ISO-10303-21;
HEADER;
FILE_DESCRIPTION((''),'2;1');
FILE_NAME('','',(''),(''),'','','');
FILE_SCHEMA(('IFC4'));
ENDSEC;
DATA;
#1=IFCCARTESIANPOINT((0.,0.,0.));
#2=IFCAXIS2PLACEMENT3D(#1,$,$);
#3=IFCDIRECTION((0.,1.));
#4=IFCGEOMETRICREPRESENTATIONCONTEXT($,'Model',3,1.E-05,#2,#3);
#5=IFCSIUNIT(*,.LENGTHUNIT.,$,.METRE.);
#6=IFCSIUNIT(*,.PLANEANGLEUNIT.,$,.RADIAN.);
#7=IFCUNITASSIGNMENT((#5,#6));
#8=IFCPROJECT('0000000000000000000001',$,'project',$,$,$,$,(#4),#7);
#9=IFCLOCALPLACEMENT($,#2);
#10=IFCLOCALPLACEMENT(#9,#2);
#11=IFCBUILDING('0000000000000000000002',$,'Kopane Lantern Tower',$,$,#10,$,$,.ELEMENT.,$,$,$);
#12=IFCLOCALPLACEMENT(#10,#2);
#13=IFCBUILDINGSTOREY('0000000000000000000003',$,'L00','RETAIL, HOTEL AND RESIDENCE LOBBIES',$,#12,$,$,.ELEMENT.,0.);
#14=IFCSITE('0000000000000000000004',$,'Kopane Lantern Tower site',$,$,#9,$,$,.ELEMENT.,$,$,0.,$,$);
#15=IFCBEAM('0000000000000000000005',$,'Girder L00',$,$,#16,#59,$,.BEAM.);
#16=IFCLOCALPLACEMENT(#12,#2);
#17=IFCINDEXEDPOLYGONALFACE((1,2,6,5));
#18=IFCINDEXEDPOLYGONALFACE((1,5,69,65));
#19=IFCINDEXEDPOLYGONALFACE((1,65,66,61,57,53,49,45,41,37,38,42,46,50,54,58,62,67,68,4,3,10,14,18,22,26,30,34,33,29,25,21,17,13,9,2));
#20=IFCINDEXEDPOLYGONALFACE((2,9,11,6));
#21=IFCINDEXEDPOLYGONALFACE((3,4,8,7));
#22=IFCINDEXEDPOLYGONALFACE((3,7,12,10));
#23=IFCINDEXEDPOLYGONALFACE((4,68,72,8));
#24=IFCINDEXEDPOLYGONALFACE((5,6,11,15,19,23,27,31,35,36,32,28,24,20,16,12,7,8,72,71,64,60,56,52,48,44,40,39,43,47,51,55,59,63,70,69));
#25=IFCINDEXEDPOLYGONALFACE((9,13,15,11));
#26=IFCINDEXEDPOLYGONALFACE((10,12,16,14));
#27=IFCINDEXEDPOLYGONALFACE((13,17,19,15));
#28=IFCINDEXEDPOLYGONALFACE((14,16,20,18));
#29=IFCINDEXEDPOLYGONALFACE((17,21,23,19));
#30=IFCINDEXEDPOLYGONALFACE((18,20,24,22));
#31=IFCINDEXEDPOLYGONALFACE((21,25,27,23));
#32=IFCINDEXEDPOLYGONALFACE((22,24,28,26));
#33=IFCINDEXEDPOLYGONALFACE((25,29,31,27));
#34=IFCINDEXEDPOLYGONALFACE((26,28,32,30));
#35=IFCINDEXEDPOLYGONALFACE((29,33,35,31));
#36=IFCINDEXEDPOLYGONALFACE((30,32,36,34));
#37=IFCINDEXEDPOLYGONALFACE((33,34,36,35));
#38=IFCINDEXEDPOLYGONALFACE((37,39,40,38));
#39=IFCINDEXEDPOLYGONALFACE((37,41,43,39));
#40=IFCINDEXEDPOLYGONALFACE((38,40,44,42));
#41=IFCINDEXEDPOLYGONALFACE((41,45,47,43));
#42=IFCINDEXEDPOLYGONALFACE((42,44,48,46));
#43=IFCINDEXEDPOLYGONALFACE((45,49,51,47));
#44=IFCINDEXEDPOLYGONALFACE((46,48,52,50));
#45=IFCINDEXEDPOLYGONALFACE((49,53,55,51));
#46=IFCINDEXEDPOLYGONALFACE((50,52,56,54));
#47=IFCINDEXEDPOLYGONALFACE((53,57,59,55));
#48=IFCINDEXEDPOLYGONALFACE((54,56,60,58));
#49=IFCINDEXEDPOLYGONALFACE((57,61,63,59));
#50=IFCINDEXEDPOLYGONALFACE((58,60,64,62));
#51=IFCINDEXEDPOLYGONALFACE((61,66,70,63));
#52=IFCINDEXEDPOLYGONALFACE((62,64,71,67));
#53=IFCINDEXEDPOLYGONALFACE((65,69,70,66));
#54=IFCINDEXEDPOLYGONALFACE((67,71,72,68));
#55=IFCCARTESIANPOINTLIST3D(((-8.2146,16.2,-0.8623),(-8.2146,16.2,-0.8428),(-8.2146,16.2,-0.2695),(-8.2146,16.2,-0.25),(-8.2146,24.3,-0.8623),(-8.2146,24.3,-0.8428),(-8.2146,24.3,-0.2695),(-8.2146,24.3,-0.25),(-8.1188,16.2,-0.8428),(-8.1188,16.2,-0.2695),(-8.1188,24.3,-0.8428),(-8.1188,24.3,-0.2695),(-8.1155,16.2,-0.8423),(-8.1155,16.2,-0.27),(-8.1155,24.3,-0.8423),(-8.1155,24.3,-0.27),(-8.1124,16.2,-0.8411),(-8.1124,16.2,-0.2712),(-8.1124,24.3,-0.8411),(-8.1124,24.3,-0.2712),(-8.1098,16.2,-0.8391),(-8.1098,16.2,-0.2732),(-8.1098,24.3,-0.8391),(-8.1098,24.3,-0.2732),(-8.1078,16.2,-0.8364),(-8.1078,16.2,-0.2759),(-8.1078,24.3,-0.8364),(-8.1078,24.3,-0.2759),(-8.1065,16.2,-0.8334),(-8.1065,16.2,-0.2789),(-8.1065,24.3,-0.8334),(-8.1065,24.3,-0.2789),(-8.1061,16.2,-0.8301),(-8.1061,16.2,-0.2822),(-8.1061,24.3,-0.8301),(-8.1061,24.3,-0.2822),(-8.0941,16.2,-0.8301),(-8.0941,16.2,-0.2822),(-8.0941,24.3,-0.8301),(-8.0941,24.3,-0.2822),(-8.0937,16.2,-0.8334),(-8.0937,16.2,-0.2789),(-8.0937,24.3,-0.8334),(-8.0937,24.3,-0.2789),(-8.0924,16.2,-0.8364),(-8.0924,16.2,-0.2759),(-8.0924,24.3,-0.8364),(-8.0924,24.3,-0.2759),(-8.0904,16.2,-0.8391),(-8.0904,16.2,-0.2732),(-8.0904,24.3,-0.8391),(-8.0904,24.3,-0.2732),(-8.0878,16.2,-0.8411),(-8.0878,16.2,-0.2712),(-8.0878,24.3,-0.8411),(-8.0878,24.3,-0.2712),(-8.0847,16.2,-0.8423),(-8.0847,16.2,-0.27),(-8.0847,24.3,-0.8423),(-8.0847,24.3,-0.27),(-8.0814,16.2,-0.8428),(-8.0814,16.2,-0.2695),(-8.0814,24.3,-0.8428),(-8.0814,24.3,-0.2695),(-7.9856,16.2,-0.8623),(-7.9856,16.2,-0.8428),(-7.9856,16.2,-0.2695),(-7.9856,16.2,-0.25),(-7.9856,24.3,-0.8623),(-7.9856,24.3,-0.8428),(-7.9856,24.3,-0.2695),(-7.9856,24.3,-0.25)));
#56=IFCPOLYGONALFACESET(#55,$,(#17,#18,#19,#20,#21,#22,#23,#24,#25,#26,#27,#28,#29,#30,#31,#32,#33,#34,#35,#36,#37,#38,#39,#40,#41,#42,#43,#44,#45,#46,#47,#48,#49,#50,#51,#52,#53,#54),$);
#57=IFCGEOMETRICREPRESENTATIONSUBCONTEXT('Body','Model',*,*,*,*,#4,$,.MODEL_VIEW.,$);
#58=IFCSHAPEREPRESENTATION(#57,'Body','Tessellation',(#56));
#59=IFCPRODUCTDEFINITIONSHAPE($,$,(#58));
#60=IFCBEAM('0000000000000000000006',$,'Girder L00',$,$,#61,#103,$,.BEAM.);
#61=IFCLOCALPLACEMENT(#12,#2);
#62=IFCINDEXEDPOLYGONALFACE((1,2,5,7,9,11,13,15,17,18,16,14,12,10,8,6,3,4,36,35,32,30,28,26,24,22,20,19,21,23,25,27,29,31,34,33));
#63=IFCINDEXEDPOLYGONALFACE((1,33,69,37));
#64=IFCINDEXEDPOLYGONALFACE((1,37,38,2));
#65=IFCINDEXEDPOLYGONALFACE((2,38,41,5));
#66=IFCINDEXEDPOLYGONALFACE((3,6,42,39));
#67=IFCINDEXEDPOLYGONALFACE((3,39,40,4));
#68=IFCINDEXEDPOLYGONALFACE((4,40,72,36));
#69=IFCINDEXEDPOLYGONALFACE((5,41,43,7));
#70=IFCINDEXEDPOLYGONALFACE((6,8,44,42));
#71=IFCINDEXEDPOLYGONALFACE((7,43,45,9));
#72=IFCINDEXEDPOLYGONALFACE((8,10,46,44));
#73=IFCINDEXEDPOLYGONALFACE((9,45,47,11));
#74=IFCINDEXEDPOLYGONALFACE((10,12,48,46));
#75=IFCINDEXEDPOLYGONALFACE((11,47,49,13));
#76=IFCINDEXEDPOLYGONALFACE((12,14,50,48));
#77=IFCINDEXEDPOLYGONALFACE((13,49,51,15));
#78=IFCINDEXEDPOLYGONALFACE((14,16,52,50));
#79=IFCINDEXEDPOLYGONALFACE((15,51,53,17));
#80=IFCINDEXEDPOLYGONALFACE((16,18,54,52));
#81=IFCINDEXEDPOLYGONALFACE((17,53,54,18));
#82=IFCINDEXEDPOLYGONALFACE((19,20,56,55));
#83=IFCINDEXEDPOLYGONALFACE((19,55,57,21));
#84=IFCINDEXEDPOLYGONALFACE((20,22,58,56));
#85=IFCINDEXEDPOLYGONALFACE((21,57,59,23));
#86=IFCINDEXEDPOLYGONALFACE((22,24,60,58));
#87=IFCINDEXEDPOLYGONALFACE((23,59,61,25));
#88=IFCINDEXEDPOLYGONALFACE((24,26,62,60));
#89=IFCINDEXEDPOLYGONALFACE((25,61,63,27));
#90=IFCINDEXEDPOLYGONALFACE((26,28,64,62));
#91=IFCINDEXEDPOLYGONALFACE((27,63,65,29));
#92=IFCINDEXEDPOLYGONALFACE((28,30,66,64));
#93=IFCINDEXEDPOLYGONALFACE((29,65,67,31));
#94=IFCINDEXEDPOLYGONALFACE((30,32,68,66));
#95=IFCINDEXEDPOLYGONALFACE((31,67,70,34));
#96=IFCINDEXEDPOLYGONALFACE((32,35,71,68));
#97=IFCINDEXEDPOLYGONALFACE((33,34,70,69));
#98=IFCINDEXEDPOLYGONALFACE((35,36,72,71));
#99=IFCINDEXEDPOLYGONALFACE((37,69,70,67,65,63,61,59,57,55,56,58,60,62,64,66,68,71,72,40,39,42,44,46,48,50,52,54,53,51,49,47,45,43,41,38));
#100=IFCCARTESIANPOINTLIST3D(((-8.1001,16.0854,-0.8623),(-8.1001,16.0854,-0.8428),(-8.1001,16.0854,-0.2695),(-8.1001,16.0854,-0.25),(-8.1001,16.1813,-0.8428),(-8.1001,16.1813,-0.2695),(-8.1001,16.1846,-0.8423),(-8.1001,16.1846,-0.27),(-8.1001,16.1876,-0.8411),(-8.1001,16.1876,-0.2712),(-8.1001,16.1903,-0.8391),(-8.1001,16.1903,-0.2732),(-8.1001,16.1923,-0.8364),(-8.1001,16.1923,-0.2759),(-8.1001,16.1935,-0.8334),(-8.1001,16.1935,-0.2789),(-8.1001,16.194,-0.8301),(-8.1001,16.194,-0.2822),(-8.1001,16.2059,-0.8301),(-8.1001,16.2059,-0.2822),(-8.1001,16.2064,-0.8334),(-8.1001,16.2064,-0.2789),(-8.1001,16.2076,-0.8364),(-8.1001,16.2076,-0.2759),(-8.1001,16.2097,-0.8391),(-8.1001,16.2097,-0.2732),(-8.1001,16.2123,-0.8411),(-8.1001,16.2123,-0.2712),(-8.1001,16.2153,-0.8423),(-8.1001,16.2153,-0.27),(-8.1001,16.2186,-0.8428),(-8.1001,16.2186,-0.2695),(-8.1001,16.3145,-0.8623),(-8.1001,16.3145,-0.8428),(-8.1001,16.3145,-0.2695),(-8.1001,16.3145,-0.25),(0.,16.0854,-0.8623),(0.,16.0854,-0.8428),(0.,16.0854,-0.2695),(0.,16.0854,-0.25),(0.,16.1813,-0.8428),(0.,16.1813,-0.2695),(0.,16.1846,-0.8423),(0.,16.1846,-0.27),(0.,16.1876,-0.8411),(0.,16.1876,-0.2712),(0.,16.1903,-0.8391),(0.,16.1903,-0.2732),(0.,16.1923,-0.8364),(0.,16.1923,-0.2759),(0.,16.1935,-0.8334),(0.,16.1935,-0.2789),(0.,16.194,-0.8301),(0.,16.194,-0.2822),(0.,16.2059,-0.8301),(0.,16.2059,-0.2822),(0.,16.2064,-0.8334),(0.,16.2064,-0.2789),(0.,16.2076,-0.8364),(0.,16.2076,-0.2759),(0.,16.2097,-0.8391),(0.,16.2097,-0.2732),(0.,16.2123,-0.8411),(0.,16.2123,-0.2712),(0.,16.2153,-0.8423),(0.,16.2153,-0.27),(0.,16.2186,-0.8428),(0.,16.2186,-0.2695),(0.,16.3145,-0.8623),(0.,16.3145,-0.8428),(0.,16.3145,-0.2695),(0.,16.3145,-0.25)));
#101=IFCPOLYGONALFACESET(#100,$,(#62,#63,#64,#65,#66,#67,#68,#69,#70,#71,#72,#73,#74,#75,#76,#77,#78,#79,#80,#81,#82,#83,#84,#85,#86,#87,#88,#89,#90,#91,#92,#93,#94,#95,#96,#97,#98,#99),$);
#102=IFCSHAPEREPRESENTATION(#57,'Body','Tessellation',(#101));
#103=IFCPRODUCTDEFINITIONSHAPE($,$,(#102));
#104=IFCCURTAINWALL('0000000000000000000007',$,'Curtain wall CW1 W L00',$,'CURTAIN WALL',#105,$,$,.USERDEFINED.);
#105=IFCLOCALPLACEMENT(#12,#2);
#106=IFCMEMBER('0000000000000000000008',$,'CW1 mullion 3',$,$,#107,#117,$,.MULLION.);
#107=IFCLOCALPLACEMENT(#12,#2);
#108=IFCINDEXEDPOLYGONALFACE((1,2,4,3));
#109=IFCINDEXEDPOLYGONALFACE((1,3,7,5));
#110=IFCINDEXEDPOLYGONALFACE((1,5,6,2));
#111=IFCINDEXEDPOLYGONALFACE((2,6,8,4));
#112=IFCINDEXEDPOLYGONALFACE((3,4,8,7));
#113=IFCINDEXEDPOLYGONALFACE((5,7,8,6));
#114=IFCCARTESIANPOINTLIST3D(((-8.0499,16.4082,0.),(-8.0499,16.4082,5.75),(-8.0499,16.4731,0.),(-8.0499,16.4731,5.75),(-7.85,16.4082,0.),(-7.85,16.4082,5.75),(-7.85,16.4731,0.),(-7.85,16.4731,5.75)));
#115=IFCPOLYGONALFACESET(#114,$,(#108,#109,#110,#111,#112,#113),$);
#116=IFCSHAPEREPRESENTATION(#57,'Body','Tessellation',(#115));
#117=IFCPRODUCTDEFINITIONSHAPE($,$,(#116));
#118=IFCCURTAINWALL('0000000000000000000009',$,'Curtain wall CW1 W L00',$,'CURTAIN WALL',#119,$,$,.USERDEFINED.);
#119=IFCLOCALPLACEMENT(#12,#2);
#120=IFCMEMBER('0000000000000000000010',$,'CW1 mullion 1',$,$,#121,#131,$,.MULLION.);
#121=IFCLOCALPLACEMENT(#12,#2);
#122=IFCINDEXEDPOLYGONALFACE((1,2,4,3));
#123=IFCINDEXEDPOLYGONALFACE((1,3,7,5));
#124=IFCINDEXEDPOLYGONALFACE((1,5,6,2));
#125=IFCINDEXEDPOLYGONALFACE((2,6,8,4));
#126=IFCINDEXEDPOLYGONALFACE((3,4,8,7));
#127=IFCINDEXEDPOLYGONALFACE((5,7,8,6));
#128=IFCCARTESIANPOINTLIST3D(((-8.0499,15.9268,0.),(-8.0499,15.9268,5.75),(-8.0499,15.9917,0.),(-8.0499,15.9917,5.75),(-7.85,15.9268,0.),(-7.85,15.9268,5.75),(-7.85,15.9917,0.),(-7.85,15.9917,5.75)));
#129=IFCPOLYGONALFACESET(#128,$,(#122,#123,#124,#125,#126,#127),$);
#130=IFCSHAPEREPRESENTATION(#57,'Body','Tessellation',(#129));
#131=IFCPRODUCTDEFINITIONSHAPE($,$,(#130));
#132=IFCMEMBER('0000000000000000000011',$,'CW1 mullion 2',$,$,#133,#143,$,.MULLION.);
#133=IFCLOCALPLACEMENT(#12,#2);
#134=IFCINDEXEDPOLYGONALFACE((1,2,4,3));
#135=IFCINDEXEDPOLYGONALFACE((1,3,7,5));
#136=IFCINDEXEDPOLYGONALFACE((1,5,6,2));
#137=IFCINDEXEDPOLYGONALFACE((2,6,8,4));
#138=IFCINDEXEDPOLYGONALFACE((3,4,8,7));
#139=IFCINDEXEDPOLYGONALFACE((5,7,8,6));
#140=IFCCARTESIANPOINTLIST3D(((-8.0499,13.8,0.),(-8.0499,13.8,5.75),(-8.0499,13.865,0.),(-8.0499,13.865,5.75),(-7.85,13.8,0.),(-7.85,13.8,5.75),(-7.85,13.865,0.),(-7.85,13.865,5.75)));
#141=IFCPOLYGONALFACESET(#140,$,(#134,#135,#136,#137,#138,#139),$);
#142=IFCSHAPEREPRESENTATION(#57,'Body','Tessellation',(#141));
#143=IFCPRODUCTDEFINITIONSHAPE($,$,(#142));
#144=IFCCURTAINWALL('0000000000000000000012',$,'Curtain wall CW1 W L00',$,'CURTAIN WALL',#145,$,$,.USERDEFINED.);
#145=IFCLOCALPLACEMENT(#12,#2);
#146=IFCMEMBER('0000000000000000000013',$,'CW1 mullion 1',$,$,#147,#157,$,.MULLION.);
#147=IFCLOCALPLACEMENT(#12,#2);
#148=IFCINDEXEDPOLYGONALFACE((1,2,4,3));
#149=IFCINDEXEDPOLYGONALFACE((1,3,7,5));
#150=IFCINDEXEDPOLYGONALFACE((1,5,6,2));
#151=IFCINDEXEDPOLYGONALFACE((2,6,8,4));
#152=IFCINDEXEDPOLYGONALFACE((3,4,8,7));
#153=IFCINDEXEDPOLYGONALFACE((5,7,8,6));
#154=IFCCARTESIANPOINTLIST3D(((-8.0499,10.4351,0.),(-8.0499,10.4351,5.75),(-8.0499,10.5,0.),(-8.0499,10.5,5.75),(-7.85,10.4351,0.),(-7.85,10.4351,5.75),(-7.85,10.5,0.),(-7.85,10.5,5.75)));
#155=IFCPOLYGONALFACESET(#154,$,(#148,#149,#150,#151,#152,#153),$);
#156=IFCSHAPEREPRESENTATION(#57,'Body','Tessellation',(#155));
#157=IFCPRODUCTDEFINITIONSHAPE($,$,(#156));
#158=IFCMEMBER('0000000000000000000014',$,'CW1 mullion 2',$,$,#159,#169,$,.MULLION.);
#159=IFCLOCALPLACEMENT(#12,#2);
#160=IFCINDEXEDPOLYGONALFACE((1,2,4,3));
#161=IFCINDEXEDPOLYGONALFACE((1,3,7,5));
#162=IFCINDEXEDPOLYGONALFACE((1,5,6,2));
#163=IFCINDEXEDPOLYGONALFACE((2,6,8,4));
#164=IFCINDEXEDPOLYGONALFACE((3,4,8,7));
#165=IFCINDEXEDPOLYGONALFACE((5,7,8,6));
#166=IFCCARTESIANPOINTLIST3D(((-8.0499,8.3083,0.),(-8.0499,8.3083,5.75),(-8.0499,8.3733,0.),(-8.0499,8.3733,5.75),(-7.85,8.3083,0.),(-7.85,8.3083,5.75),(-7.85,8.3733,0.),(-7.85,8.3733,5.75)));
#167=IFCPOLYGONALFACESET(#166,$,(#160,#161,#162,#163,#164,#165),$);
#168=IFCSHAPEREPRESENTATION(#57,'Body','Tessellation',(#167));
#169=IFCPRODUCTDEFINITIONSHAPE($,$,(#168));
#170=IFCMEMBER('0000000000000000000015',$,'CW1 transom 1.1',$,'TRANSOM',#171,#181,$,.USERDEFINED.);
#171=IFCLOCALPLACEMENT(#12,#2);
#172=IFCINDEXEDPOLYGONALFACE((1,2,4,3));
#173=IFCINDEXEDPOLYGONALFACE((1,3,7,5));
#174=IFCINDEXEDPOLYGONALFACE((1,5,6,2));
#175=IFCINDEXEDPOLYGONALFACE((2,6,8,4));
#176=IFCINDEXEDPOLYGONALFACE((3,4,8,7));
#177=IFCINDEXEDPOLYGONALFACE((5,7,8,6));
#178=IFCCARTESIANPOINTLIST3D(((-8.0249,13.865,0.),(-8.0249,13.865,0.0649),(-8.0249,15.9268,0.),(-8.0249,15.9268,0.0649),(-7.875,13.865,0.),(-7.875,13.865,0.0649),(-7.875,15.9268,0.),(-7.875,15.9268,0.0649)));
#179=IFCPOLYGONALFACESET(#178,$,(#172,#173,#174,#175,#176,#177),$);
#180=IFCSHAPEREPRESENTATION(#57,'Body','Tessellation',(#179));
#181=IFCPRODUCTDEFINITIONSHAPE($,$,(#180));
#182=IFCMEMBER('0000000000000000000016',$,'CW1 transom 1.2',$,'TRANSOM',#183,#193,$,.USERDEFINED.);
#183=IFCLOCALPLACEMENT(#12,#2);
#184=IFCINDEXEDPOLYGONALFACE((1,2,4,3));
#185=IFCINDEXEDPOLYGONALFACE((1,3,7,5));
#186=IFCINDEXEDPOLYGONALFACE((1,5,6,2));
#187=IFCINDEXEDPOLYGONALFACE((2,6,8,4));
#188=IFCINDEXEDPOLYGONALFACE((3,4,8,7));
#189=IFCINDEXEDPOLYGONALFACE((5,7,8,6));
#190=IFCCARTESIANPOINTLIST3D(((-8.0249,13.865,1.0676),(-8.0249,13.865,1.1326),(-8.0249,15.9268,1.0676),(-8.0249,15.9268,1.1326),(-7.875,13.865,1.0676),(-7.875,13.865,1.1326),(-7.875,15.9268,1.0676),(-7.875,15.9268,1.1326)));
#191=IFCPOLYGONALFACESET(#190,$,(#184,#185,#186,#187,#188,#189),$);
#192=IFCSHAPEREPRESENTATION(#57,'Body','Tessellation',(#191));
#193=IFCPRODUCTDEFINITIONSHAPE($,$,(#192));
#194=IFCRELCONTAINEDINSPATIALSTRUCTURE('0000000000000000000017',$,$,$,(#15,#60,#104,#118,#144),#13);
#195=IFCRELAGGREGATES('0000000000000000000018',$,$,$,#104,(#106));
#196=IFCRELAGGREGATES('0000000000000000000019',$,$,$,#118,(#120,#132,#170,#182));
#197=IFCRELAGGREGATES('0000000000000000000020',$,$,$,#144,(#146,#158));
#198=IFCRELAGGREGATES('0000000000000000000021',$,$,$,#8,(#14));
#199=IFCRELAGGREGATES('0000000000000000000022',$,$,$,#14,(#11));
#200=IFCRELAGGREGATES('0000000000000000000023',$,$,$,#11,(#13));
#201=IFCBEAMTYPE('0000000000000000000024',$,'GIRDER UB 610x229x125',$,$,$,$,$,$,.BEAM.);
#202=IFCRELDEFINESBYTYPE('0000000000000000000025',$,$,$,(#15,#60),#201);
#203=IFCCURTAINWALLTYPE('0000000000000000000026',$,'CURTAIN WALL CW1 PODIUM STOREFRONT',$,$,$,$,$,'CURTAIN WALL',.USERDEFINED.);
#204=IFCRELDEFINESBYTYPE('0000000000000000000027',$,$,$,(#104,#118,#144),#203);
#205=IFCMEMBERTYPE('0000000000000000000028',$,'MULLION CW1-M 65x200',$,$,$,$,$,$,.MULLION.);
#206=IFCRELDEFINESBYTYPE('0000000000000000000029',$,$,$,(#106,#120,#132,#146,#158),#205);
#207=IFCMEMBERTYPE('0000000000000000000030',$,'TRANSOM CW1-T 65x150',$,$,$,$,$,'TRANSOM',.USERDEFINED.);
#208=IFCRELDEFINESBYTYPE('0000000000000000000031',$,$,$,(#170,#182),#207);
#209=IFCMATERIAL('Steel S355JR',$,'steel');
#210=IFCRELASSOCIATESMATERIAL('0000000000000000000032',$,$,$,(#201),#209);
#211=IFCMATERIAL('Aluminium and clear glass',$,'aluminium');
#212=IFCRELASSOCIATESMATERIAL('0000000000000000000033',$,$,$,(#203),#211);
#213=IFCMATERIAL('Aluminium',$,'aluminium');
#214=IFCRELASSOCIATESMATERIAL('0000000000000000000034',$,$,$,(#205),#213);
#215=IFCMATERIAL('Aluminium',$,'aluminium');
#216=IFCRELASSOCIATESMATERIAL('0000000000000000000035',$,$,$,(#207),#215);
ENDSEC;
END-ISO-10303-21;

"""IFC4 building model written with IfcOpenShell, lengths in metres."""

from ifc_helpers import new_model, si_unit, direction, frame, origin, origin_2d, place, context, subcontext, project, spatial, rectangle, i_section, extrude, material, material_profile, profile_set, type_object, element, aggregate, save


model = new_model("IFC4")

# Units and contexts
model_context = context("Model", 3, precision=1e-05, world=origin(), true_north=direction((0.0, 1.0)))
body_context = subcontext(model_context, "Body", "Model", "MODEL_VIEW")
ifc_project = project(units=[si_unit("LENGTHUNIT", "METRE"), si_unit("PLANEANGLEUNIT", "RADIAN")], contexts=[model_context])

# Site, building, storey
site_placement = place(None, origin())
site = spatial("IfcSite", under=ifc_project, at=site_placement, Name="Kopane Lantern Tower site", CompositionType="ELEMENT", RefElevation=0.0)
building_placement = place(site_placement, origin())
building = spatial("IfcBuilding", under=site, at=building_placement, Name="Kopane Lantern Tower", CompositionType="ELEMENT")
storey_placement = place(building_placement, origin())
storey = spatial("IfcBuildingStorey", under=building, at=storey_placement, Name="L00", Description="RETAIL, HOTEL AND RESIDENCE LOBBIES", CompositionType="ELEMENT", Elevation=0.0)

# Beams
ifc_material_1 = material(Name="Steel S355JR", Category="steel")
ifc_material_profile_1 = material_profile(ifc_material_1, i_section(OverallWidth=0.229, OverallDepth=0.6123, WebThickness=0.012, FlangeThickness=0.0195, FilletRadius=0.0127, at=origin_2d()), Name="UB 610x229x125")
ifc_profile_set_1 = profile_set([ifc_material_profile_1], Name="Steel S355JR")
beam_type = type_object("IfcBeamType", Name="GIRDER UB 610x229x125", PredefinedType="BEAM", material=ifc_profile_set_1)
for number, where, z_axis, x_axis, name in (
    (1, (-8.1001, 16.2, -0.5562), (0.0, 1.0, 0.0), (-1.0, 0.0, 0.0), "Girder L00"),
    (2, (-8.1001, 16.2, -0.5562), (1.0, 0.0, 0.0), (0.0, 1.0, 0.0), "Girder L00"),
):
    element("IfcBeam", number, at=place(storey_placement, frame(where, z_axis=z_axis, x_axis=x_axis)), inside=storey, type_object=beam_type, Name=name, PredefinedType="BEAM", context=body_context, shape_type="SweptSolid", body=[
        extrude(i_section(OverallWidth=0.229, OverallDepth=0.6123, WebThickness=0.012, FlangeThickness=0.0195, FilletRadius=0.0127, at=origin_2d()), origin(), (0.0, 0.0, 1.0), 8.1001),
    ])

# Curtain wall, member
ifc_material_2 = material(Name="Aluminium and clear glass", Category="aluminium")
curtain_wall_type = type_object("IfcCurtainWallType", Name="CURTAIN WALL CW1 PODIUM STOREFRONT", ElementType="CURTAIN WALL", PredefinedType="USERDEFINED", material=ifc_material_2)
curtain_wall_1_placement = place(storey_placement, origin())
curtain_wall_1 = element("IfcCurtainWall", 3, at=curtain_wall_1_placement, inside=storey, type_object=curtain_wall_type, Name="Curtain wall CW1 W L00", ObjectType="CURTAIN WALL", PredefinedType="USERDEFINED")
ifc_material_3 = material(Name="Aluminium", Category="aluminium")
ifc_material_profile_2 = material_profile(ifc_material_3, rectangle(XDim=0.0649, YDim=0.2, at=origin_2d()), Name="AL 65x200")
ifc_profile_set_2 = profile_set([ifc_material_profile_2], Name="Aluminium")
member_type_1 = type_object("IfcMemberType", Name="MULLION CW1-M 65x200", PredefinedType="MULLION", material=ifc_profile_set_2)
member_1_placement = place(storey_placement, frame((-7.95, 16.4407, 0.0), z_axis=(0.0, 0.0, 1.0), x_axis=(0.0, -1.0, 0.0)))
member_1 = element("IfcMember", 4, at=member_1_placement, type_object=member_type_1, Name="CW1 mullion 3", PredefinedType="MULLION", context=body_context, shape_type="SweptSolid", body=[
    extrude(rectangle(XDim=0.0649, YDim=0.2, at=origin_2d()), origin(), (0.0, 0.0, 1.0), 5.75),
])
aggregate(curtain_wall_1, [member_1])

# Curtain walls, members
curtain_wall_2_placement = place(storey_placement, origin())
curtain_wall_2 = element("IfcCurtainWall", 5, at=curtain_wall_2_placement, inside=storey, type_object=curtain_wall_type, Name="Curtain wall CW1 W L00", ObjectType="CURTAIN WALL", PredefinedType="USERDEFINED")
member_2_placement = place(storey_placement, frame((-7.95, 15.9592, 0.0), z_axis=(0.0, 0.0, 1.0), x_axis=(0.0, -1.0, 0.0)))
member_2 = element("IfcMember", 6, at=member_2_placement, type_object=member_type_1, Name="CW1 mullion 1", PredefinedType="MULLION", context=body_context, shape_type="SweptSolid", body=[
    extrude(rectangle(XDim=0.0649, YDim=0.2, at=origin_2d()), origin(), (0.0, 0.0, 1.0), 5.75),
])
member_3_placement = place(storey_placement, frame((-7.95, 13.8325, 0.0), z_axis=(0.0, 0.0, 1.0), x_axis=(0.0, -1.0, 0.0)))
member_3 = element("IfcMember", 7, at=member_3_placement, type_object=member_type_1, Name="CW1 mullion 2", PredefinedType="MULLION", context=body_context, shape_type="SweptSolid", body=[
    extrude(rectangle(XDim=0.0649, YDim=0.2, at=origin_2d()), origin(), (0.0, 0.0, 1.0), 5.75),
])
curtain_wall_3_placement = place(storey_placement, origin())
curtain_wall_3 = element("IfcCurtainWall", 8, at=curtain_wall_3_placement, inside=storey, type_object=curtain_wall_type, Name="Curtain wall CW1 W L00", ObjectType="CURTAIN WALL", PredefinedType="USERDEFINED")
member_4_placement = place(storey_placement, frame((-7.95, 10.4675, 0.0), z_axis=(0.0, 0.0, 1.0), x_axis=(0.0, -1.0, 0.0)))
member_4 = element("IfcMember", 9, at=member_4_placement, type_object=member_type_1, Name="CW1 mullion 1", PredefinedType="MULLION", context=body_context, shape_type="SweptSolid", body=[
    extrude(rectangle(XDim=0.0649, YDim=0.2, at=origin_2d()), origin(), (0.0, 0.0, 1.0), 5.75),
])
member_5_placement = place(storey_placement, frame((-7.95, 8.3408, 0.0), z_axis=(0.0, 0.0, 1.0), x_axis=(0.0, -1.0, 0.0)))
member_5 = element("IfcMember", 10, at=member_5_placement, type_object=member_type_1, Name="CW1 mullion 2", PredefinedType="MULLION", context=body_context, shape_type="SweptSolid", body=[
    extrude(rectangle(XDim=0.0649, YDim=0.2, at=origin_2d()), origin(), (0.0, 0.0, 1.0), 5.75),
])

# Members
ifc_material_4 = material(Name="Aluminium", Category="aluminium")
ifc_material_profile_3 = material_profile(ifc_material_4, rectangle(XDim=0.1499, YDim=0.0649, at=origin_2d()), Name="AL 150x65")
ifc_profile_set_3 = profile_set([ifc_material_profile_3], Name="Aluminium")
member_type_2 = type_object("IfcMemberType", Name="TRANSOM CW1-T 65x150", ElementType="TRANSOM", PredefinedType="USERDEFINED", material=ifc_profile_set_3)
member_6_placement = place(storey_placement, frame((-7.95, 15.9268, 0.0325), z_axis=(0.0, -1.0, 0.0), x_axis=(1.0, 0.0, 0.0)))
member_6 = element("IfcMember", 11, at=member_6_placement, type_object=member_type_2, Name="CW1 transom 1.1", ObjectType="TRANSOM", PredefinedType="USERDEFINED", context=body_context, shape_type="SweptSolid", body=[
    extrude(rectangle(XDim=0.1499, YDim=0.0649, at=origin_2d()), origin(), (0.0, 0.0, 1.0), 2.0618),
])
member_7_placement = place(storey_placement, frame((-7.95, 15.9268, 1.1001), z_axis=(0.0, -1.0, 0.0), x_axis=(1.0, 0.0, 0.0)))
member_7 = element("IfcMember", 12, at=member_7_placement, type_object=member_type_2, Name="CW1 transom 1.2", ObjectType="TRANSOM", PredefinedType="USERDEFINED", context=body_context, shape_type="SweptSolid", body=[
    extrude(rectangle(XDim=0.1499, YDim=0.0649, at=origin_2d()), origin(), (0.0, 0.0, 1.0), 2.0618),
])

aggregate(curtain_wall_2, [member_2, member_3, member_6, member_7])
aggregate(curtain_wall_3, [member_4, member_5])

save(model, "model.ifc")
